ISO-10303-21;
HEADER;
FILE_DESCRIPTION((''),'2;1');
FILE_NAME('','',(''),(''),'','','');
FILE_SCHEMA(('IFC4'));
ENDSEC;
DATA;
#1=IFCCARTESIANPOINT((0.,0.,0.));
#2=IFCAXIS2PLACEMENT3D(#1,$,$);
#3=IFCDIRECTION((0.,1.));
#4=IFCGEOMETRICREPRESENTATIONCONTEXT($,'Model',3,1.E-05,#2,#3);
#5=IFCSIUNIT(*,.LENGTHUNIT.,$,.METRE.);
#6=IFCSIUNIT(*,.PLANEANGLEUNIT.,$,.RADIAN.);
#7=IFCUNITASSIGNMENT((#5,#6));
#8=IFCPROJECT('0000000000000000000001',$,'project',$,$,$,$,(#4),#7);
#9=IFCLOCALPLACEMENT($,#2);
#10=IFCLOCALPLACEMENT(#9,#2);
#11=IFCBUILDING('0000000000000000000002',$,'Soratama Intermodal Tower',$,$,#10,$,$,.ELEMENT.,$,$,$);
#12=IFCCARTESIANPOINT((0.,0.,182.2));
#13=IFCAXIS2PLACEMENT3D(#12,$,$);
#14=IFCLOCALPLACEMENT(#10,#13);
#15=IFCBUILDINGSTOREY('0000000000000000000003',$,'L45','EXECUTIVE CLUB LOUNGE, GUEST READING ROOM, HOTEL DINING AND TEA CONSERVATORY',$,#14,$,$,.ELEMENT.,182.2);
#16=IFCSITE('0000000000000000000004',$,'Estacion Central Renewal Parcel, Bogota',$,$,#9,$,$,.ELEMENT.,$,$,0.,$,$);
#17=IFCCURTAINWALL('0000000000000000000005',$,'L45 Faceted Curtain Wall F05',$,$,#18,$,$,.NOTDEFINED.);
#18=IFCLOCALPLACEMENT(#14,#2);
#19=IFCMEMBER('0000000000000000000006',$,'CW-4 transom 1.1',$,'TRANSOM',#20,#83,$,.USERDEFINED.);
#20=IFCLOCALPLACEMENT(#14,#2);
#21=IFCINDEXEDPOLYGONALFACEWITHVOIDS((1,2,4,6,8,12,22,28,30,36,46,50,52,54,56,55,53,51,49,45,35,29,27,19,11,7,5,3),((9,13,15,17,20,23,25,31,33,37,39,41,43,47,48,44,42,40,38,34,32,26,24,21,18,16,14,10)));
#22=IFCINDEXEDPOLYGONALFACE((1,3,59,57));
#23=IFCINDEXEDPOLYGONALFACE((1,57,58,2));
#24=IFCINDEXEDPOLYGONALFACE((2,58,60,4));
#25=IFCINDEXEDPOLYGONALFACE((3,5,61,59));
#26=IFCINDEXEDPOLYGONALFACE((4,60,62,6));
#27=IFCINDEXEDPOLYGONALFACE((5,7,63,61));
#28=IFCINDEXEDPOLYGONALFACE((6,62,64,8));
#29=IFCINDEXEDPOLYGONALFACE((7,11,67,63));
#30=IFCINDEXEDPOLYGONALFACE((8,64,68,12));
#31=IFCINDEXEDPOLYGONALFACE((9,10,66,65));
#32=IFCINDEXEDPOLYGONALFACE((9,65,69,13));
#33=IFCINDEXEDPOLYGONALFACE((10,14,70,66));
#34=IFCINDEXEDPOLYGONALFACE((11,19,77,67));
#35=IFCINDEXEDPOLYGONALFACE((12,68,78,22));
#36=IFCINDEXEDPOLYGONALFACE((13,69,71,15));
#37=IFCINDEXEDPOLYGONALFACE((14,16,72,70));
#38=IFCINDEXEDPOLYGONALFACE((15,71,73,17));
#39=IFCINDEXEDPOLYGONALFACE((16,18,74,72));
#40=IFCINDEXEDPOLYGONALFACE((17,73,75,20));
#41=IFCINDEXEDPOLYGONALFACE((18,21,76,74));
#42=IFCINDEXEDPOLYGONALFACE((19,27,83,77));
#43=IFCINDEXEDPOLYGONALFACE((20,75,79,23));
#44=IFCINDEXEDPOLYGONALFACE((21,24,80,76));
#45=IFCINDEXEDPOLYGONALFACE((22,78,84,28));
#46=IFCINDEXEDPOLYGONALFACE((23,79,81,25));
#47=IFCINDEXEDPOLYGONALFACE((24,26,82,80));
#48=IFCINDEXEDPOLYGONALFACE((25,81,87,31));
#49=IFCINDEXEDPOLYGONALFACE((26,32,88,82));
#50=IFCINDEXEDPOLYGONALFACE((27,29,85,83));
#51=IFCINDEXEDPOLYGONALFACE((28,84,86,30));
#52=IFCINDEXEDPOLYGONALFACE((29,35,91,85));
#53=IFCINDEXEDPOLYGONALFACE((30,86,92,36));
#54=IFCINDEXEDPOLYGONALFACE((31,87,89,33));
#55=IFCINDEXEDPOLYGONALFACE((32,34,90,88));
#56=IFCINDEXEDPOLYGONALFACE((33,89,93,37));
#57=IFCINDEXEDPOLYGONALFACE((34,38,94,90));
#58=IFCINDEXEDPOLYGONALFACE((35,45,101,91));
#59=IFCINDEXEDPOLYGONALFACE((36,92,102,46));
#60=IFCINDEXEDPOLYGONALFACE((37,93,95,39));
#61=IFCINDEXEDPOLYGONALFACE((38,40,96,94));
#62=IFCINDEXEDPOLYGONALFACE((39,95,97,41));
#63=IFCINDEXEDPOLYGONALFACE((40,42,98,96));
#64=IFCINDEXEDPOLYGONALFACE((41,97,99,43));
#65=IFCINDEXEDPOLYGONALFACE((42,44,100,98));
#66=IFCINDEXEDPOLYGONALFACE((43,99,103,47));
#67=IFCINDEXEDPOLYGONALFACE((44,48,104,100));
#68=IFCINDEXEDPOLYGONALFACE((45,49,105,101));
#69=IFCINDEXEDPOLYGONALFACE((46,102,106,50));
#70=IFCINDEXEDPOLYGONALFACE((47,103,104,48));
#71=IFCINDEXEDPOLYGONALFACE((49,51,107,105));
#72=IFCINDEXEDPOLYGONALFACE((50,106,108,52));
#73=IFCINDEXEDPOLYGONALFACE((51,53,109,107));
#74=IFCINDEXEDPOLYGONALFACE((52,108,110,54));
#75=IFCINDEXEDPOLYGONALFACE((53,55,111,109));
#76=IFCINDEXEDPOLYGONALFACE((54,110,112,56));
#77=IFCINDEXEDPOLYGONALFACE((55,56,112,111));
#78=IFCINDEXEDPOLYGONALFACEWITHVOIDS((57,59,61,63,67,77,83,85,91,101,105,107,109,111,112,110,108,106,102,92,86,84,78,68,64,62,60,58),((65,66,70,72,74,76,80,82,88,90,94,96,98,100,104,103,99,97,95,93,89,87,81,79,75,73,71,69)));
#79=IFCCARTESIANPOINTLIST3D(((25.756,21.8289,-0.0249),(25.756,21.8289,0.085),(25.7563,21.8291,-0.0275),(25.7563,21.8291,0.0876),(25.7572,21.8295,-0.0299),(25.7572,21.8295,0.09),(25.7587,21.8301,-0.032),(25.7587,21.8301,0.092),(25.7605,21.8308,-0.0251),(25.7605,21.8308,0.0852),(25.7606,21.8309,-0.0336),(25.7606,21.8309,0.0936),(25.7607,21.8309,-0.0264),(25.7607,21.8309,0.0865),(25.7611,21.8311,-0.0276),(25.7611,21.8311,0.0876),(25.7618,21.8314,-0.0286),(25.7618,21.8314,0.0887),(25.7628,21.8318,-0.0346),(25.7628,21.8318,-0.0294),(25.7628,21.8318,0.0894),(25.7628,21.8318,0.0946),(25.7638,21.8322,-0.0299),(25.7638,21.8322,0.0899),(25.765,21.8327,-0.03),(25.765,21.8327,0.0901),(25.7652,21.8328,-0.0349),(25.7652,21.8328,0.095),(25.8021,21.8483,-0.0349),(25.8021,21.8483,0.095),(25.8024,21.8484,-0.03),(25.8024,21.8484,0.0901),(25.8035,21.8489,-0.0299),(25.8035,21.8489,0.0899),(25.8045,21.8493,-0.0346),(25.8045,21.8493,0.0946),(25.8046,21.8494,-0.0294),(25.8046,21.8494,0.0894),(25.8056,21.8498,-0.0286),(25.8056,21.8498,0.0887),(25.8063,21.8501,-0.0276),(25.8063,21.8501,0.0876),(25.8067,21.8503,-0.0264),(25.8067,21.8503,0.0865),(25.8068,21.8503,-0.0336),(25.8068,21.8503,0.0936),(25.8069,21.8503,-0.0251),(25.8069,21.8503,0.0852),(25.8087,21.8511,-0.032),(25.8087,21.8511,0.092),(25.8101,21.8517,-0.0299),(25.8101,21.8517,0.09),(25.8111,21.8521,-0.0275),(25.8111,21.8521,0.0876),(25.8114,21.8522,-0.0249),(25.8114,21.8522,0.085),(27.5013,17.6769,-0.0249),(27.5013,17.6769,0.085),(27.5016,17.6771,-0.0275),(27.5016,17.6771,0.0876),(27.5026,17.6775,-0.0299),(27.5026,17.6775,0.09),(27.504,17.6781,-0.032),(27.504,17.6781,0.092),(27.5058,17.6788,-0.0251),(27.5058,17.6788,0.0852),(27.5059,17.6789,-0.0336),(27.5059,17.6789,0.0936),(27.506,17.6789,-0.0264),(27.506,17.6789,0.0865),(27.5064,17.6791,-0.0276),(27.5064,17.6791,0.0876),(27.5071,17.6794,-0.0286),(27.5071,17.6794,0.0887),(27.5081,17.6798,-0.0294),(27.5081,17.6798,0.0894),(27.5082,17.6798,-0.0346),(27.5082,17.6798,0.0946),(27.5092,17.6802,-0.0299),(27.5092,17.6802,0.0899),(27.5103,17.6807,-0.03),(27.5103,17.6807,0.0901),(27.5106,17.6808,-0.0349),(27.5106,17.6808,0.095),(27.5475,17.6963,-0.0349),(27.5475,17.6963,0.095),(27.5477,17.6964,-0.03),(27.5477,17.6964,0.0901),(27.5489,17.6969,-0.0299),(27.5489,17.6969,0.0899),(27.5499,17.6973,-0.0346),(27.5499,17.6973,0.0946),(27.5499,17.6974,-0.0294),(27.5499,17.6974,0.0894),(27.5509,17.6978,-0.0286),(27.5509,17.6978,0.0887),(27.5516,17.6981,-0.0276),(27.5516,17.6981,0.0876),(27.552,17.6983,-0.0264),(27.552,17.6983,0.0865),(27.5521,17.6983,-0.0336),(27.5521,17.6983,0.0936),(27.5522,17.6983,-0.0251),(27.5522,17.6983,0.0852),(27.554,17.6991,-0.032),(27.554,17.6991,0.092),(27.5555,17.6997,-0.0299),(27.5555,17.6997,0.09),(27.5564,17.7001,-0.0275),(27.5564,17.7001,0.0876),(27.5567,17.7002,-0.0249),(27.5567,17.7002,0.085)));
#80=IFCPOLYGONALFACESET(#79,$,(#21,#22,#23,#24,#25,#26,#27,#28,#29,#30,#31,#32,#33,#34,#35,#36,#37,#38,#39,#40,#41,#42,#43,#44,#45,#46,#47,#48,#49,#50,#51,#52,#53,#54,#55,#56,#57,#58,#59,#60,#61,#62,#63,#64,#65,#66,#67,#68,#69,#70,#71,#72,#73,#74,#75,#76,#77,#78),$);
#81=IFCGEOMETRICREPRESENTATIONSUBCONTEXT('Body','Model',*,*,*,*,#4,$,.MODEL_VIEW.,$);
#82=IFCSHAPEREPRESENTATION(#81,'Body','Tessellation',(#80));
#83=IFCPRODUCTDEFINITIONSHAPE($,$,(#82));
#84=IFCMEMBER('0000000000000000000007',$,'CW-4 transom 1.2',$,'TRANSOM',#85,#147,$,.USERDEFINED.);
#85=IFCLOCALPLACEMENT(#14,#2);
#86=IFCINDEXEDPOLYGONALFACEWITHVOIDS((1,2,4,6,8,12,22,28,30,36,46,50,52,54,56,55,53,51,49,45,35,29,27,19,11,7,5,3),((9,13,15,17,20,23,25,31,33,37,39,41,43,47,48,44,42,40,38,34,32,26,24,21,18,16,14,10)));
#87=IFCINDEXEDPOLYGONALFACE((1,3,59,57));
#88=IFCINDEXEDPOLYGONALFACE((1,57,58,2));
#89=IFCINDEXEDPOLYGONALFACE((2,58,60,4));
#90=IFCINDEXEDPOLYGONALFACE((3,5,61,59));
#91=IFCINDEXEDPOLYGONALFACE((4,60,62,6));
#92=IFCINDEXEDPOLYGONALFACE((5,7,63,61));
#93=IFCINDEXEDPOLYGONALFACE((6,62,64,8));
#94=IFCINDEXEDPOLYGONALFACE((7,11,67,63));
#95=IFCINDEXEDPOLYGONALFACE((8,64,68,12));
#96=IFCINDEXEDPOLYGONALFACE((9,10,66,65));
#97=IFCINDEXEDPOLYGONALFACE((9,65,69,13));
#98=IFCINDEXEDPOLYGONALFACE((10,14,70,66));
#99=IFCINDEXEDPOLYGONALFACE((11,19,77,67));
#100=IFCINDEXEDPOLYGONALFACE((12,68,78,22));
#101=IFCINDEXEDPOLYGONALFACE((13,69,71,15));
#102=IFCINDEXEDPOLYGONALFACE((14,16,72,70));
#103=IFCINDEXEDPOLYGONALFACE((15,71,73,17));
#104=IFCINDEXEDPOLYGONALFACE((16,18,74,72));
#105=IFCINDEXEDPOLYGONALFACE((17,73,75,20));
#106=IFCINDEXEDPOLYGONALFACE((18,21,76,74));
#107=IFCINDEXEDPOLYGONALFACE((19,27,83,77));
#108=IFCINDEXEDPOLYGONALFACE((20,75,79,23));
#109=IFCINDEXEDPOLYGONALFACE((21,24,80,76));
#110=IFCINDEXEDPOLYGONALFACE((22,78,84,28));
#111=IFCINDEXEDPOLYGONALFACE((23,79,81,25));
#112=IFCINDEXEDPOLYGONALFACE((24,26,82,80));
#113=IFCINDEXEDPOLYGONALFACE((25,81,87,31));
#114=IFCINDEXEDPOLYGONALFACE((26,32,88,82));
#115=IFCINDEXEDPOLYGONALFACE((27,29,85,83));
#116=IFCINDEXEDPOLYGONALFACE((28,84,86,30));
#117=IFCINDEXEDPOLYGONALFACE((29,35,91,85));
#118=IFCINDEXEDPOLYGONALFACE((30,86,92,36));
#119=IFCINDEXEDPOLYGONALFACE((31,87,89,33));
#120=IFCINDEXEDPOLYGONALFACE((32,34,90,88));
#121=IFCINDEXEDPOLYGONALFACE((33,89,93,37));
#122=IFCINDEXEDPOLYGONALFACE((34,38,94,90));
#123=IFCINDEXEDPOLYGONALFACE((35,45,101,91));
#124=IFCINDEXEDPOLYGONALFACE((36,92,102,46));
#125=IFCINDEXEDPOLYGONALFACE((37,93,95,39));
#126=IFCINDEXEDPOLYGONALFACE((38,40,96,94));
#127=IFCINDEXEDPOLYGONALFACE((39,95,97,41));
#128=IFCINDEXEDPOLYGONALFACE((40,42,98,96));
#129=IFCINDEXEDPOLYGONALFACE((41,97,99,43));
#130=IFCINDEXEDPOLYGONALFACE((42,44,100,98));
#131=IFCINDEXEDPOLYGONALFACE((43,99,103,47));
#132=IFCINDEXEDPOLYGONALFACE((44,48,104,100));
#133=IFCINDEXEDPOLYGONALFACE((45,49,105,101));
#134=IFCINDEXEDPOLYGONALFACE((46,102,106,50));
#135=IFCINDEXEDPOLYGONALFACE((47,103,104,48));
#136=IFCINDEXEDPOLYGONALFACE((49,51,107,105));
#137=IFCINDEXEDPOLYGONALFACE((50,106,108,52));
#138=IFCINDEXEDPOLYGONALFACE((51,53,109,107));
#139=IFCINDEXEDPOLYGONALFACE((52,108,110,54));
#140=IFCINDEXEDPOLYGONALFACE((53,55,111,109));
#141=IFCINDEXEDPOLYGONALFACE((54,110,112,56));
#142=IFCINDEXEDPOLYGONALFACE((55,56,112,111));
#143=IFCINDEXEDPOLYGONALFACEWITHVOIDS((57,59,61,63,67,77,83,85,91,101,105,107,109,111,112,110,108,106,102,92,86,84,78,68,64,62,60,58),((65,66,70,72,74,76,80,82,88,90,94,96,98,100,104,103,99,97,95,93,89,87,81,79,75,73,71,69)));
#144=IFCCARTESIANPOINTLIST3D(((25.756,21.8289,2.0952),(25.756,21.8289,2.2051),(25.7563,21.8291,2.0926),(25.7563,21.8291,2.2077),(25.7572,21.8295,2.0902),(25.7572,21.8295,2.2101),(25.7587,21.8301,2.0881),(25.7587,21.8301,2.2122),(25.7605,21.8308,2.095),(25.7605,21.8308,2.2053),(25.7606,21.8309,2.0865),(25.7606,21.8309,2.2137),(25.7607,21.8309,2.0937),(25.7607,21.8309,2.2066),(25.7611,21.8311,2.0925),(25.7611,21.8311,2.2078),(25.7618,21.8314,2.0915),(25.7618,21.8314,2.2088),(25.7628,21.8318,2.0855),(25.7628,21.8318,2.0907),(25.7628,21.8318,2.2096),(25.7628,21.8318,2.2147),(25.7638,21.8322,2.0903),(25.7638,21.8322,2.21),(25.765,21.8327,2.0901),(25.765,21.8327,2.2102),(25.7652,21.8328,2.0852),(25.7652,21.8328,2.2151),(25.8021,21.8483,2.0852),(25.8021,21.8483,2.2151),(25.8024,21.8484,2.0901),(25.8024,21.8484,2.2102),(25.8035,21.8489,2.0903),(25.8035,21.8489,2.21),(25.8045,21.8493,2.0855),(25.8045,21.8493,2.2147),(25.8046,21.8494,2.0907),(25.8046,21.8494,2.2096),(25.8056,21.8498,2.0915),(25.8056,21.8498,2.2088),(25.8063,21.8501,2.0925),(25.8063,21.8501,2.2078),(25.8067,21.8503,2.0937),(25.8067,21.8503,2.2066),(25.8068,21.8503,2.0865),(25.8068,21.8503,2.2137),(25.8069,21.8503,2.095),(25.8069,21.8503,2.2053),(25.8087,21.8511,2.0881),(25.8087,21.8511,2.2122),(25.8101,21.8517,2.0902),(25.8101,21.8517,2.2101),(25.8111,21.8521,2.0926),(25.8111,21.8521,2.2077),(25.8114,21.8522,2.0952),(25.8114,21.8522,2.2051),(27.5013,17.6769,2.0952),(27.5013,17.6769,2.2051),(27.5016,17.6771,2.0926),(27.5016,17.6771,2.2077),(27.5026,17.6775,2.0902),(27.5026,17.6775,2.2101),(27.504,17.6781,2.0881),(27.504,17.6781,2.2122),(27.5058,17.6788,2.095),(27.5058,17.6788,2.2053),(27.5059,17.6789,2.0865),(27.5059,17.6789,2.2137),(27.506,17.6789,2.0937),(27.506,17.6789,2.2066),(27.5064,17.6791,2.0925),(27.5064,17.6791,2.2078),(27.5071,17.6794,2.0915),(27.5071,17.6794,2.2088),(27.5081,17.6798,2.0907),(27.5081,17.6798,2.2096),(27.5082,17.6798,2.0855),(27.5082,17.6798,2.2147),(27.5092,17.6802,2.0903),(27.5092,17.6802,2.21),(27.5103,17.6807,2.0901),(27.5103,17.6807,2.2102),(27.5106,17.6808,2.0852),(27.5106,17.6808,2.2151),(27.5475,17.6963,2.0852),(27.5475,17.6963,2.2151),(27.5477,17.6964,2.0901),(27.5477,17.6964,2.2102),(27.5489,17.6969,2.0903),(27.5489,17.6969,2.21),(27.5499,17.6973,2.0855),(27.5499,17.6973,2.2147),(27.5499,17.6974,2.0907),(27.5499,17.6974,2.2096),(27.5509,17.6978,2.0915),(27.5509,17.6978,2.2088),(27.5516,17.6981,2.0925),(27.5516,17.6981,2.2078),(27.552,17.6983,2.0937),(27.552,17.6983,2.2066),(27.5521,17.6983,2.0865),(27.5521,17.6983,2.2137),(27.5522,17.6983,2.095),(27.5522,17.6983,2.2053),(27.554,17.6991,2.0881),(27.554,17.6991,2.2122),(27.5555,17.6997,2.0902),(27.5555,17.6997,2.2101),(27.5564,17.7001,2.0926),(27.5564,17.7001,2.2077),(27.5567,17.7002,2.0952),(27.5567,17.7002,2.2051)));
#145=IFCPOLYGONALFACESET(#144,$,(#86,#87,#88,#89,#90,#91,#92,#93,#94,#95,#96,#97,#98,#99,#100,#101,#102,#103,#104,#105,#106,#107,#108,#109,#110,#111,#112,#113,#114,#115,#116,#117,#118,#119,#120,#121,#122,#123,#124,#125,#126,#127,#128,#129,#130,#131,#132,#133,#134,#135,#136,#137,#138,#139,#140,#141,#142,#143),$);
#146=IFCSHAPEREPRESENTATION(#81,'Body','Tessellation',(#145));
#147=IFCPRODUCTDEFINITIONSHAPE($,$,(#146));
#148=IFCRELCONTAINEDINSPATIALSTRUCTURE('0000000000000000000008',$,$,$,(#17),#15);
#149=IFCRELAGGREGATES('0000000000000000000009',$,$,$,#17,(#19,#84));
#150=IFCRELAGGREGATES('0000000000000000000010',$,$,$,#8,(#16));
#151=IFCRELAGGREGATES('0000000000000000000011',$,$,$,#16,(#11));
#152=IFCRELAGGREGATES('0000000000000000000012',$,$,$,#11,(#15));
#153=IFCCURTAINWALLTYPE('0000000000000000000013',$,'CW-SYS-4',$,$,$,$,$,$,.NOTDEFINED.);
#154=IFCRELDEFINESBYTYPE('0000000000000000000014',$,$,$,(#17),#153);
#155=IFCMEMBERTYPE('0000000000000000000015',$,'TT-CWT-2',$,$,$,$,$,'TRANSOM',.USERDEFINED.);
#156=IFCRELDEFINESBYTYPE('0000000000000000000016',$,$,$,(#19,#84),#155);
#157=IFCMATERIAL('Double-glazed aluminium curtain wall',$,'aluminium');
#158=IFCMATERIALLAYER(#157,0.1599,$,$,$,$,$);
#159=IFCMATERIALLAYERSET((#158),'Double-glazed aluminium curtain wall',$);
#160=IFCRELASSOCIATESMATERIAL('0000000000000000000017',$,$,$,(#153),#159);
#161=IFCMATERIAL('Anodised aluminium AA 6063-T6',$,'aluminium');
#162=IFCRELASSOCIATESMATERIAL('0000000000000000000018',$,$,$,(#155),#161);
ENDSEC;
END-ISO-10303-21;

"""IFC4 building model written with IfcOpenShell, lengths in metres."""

from ifc_helpers import new_model, si_unit, direction, frame, origin, origin_2d, place, context, subcontext, project, spatial, hollow_rectangle, extrude, material, layer, layer_set, material_profile, profile_set, type_object, element, aggregate, save


model = new_model("IFC4")

# Units and contexts
model_context = context("Model", 3, precision=1e-05, world=origin(), true_north=direction((0.0, 1.0)))
body_context = subcontext(model_context, "Body", "Model", "MODEL_VIEW")
ifc_project = project(units=[si_unit("LENGTHUNIT", "METRE"), si_unit("PLANEANGLEUNIT", "RADIAN")], contexts=[model_context])

# Site, building, storey
site_placement = place(None, origin())
site = spatial("IfcSite", under=ifc_project, at=site_placement, Name="Estacion Central Renewal Parcel, Bogota", CompositionType="ELEMENT", RefElevation=0.0)
building_placement = place(site_placement, origin())
building = spatial("IfcBuilding", under=site, at=building_placement, Name="Soratama Intermodal Tower", CompositionType="ELEMENT")
storey_placement = place(building_placement, frame((0.0, 0.0, 182.2)))
storey = spatial("IfcBuildingStorey", under=building, at=storey_placement, Name="L45", Description="EXECUTIVE CLUB LOUNGE, GUEST READING ROOM, HOTEL DINING AND TEA CONSERVATORY", CompositionType="ELEMENT", Elevation=182.2)

# Curtain wall, members
ifc_material_1 = material(Name="Double-glazed aluminium curtain wall", Category="aluminium")
ifc_layer_1 = layer(ifc_material_1, 0.1599)
ifc_layer_set_1 = layer_set([ifc_layer_1], Name="Double-glazed aluminium curtain wall")
curtain_wall_type = type_object("IfcCurtainWallType", Name="CW-SYS-4", PredefinedType="NOTDEFINED", material=ifc_layer_set_1)
curtain_wall_placement = place(storey_placement, origin())
curtain_wall = element("IfcCurtainWall", 1, at=curtain_wall_placement, inside=storey, type_object=curtain_wall_type, Name="L45 Faceted Curtain Wall F05", PredefinedType="NOTDEFINED")
ifc_material_2 = material(Name="Anodised aluminium AA 6063-T6", Category="aluminium")
ifc_material_profile_1 = material_profile(ifc_material_2, hollow_rectangle(XDim=0.0601, YDim=0.1299, WallThickness=0.0049, InnerFilletRadius=0.0049, OuterFilletRadius=0.01, at=origin_2d()), Name="CWT130X60X5")
ifc_profile_set_1 = profile_set([ifc_material_profile_1], Name="Anodised aluminium AA 6063-T6")
member_type_1 = type_object("IfcMemberType", Name="TT-CWT-2", ElementType="TRANSOM", PredefinedType="USERDEFINED", material=ifc_profile_set_1)
member_1_placement = place(storey_placement, frame((25.7837, 21.8406, 0.03), z_axis=(0.387512, -0.921865, 0.0), x_axis=(0.921865, 0.387512, 0.0)))
member_1 = element("IfcMember", 2, at=member_1_placement, type_object=member_type_1, Name="CW-4 transom 1.1", ObjectType="TRANSOM", PredefinedType="USERDEFINED", context=body_context, shape_type="SweptSolid", body=[
    extrude(hollow_rectangle(XDim=0.0601, YDim=0.1299, WallThickness=0.0049, InnerFilletRadius=0.0049, OuterFilletRadius=0.01, at=origin_2d()), origin(), (0.0, 0.0, 1.0), 4.5039),
])
member_2_placement = place(storey_placement, frame((25.7837, 21.8406, 2.1501), z_axis=(0.387512, -0.921865, 0.0), x_axis=(0.921865, 0.387512, 0.0)))
member_2 = element("IfcMember", 3, at=member_2_placement, type_object=member_type_1, Name="CW-4 transom 1.2", ObjectType="TRANSOM", PredefinedType="USERDEFINED", context=body_context, shape_type="SweptSolid", body=[
    extrude(hollow_rectangle(XDim=0.0601, YDim=0.1299, WallThickness=0.0049, InnerFilletRadius=0.0049, OuterFilletRadius=0.01, at=origin_2d()), origin(), (0.0, 0.0, 1.0), 4.5039),
])
aggregate(curtain_wall, [member_1, member_2])

save(model, "model.ifc")
